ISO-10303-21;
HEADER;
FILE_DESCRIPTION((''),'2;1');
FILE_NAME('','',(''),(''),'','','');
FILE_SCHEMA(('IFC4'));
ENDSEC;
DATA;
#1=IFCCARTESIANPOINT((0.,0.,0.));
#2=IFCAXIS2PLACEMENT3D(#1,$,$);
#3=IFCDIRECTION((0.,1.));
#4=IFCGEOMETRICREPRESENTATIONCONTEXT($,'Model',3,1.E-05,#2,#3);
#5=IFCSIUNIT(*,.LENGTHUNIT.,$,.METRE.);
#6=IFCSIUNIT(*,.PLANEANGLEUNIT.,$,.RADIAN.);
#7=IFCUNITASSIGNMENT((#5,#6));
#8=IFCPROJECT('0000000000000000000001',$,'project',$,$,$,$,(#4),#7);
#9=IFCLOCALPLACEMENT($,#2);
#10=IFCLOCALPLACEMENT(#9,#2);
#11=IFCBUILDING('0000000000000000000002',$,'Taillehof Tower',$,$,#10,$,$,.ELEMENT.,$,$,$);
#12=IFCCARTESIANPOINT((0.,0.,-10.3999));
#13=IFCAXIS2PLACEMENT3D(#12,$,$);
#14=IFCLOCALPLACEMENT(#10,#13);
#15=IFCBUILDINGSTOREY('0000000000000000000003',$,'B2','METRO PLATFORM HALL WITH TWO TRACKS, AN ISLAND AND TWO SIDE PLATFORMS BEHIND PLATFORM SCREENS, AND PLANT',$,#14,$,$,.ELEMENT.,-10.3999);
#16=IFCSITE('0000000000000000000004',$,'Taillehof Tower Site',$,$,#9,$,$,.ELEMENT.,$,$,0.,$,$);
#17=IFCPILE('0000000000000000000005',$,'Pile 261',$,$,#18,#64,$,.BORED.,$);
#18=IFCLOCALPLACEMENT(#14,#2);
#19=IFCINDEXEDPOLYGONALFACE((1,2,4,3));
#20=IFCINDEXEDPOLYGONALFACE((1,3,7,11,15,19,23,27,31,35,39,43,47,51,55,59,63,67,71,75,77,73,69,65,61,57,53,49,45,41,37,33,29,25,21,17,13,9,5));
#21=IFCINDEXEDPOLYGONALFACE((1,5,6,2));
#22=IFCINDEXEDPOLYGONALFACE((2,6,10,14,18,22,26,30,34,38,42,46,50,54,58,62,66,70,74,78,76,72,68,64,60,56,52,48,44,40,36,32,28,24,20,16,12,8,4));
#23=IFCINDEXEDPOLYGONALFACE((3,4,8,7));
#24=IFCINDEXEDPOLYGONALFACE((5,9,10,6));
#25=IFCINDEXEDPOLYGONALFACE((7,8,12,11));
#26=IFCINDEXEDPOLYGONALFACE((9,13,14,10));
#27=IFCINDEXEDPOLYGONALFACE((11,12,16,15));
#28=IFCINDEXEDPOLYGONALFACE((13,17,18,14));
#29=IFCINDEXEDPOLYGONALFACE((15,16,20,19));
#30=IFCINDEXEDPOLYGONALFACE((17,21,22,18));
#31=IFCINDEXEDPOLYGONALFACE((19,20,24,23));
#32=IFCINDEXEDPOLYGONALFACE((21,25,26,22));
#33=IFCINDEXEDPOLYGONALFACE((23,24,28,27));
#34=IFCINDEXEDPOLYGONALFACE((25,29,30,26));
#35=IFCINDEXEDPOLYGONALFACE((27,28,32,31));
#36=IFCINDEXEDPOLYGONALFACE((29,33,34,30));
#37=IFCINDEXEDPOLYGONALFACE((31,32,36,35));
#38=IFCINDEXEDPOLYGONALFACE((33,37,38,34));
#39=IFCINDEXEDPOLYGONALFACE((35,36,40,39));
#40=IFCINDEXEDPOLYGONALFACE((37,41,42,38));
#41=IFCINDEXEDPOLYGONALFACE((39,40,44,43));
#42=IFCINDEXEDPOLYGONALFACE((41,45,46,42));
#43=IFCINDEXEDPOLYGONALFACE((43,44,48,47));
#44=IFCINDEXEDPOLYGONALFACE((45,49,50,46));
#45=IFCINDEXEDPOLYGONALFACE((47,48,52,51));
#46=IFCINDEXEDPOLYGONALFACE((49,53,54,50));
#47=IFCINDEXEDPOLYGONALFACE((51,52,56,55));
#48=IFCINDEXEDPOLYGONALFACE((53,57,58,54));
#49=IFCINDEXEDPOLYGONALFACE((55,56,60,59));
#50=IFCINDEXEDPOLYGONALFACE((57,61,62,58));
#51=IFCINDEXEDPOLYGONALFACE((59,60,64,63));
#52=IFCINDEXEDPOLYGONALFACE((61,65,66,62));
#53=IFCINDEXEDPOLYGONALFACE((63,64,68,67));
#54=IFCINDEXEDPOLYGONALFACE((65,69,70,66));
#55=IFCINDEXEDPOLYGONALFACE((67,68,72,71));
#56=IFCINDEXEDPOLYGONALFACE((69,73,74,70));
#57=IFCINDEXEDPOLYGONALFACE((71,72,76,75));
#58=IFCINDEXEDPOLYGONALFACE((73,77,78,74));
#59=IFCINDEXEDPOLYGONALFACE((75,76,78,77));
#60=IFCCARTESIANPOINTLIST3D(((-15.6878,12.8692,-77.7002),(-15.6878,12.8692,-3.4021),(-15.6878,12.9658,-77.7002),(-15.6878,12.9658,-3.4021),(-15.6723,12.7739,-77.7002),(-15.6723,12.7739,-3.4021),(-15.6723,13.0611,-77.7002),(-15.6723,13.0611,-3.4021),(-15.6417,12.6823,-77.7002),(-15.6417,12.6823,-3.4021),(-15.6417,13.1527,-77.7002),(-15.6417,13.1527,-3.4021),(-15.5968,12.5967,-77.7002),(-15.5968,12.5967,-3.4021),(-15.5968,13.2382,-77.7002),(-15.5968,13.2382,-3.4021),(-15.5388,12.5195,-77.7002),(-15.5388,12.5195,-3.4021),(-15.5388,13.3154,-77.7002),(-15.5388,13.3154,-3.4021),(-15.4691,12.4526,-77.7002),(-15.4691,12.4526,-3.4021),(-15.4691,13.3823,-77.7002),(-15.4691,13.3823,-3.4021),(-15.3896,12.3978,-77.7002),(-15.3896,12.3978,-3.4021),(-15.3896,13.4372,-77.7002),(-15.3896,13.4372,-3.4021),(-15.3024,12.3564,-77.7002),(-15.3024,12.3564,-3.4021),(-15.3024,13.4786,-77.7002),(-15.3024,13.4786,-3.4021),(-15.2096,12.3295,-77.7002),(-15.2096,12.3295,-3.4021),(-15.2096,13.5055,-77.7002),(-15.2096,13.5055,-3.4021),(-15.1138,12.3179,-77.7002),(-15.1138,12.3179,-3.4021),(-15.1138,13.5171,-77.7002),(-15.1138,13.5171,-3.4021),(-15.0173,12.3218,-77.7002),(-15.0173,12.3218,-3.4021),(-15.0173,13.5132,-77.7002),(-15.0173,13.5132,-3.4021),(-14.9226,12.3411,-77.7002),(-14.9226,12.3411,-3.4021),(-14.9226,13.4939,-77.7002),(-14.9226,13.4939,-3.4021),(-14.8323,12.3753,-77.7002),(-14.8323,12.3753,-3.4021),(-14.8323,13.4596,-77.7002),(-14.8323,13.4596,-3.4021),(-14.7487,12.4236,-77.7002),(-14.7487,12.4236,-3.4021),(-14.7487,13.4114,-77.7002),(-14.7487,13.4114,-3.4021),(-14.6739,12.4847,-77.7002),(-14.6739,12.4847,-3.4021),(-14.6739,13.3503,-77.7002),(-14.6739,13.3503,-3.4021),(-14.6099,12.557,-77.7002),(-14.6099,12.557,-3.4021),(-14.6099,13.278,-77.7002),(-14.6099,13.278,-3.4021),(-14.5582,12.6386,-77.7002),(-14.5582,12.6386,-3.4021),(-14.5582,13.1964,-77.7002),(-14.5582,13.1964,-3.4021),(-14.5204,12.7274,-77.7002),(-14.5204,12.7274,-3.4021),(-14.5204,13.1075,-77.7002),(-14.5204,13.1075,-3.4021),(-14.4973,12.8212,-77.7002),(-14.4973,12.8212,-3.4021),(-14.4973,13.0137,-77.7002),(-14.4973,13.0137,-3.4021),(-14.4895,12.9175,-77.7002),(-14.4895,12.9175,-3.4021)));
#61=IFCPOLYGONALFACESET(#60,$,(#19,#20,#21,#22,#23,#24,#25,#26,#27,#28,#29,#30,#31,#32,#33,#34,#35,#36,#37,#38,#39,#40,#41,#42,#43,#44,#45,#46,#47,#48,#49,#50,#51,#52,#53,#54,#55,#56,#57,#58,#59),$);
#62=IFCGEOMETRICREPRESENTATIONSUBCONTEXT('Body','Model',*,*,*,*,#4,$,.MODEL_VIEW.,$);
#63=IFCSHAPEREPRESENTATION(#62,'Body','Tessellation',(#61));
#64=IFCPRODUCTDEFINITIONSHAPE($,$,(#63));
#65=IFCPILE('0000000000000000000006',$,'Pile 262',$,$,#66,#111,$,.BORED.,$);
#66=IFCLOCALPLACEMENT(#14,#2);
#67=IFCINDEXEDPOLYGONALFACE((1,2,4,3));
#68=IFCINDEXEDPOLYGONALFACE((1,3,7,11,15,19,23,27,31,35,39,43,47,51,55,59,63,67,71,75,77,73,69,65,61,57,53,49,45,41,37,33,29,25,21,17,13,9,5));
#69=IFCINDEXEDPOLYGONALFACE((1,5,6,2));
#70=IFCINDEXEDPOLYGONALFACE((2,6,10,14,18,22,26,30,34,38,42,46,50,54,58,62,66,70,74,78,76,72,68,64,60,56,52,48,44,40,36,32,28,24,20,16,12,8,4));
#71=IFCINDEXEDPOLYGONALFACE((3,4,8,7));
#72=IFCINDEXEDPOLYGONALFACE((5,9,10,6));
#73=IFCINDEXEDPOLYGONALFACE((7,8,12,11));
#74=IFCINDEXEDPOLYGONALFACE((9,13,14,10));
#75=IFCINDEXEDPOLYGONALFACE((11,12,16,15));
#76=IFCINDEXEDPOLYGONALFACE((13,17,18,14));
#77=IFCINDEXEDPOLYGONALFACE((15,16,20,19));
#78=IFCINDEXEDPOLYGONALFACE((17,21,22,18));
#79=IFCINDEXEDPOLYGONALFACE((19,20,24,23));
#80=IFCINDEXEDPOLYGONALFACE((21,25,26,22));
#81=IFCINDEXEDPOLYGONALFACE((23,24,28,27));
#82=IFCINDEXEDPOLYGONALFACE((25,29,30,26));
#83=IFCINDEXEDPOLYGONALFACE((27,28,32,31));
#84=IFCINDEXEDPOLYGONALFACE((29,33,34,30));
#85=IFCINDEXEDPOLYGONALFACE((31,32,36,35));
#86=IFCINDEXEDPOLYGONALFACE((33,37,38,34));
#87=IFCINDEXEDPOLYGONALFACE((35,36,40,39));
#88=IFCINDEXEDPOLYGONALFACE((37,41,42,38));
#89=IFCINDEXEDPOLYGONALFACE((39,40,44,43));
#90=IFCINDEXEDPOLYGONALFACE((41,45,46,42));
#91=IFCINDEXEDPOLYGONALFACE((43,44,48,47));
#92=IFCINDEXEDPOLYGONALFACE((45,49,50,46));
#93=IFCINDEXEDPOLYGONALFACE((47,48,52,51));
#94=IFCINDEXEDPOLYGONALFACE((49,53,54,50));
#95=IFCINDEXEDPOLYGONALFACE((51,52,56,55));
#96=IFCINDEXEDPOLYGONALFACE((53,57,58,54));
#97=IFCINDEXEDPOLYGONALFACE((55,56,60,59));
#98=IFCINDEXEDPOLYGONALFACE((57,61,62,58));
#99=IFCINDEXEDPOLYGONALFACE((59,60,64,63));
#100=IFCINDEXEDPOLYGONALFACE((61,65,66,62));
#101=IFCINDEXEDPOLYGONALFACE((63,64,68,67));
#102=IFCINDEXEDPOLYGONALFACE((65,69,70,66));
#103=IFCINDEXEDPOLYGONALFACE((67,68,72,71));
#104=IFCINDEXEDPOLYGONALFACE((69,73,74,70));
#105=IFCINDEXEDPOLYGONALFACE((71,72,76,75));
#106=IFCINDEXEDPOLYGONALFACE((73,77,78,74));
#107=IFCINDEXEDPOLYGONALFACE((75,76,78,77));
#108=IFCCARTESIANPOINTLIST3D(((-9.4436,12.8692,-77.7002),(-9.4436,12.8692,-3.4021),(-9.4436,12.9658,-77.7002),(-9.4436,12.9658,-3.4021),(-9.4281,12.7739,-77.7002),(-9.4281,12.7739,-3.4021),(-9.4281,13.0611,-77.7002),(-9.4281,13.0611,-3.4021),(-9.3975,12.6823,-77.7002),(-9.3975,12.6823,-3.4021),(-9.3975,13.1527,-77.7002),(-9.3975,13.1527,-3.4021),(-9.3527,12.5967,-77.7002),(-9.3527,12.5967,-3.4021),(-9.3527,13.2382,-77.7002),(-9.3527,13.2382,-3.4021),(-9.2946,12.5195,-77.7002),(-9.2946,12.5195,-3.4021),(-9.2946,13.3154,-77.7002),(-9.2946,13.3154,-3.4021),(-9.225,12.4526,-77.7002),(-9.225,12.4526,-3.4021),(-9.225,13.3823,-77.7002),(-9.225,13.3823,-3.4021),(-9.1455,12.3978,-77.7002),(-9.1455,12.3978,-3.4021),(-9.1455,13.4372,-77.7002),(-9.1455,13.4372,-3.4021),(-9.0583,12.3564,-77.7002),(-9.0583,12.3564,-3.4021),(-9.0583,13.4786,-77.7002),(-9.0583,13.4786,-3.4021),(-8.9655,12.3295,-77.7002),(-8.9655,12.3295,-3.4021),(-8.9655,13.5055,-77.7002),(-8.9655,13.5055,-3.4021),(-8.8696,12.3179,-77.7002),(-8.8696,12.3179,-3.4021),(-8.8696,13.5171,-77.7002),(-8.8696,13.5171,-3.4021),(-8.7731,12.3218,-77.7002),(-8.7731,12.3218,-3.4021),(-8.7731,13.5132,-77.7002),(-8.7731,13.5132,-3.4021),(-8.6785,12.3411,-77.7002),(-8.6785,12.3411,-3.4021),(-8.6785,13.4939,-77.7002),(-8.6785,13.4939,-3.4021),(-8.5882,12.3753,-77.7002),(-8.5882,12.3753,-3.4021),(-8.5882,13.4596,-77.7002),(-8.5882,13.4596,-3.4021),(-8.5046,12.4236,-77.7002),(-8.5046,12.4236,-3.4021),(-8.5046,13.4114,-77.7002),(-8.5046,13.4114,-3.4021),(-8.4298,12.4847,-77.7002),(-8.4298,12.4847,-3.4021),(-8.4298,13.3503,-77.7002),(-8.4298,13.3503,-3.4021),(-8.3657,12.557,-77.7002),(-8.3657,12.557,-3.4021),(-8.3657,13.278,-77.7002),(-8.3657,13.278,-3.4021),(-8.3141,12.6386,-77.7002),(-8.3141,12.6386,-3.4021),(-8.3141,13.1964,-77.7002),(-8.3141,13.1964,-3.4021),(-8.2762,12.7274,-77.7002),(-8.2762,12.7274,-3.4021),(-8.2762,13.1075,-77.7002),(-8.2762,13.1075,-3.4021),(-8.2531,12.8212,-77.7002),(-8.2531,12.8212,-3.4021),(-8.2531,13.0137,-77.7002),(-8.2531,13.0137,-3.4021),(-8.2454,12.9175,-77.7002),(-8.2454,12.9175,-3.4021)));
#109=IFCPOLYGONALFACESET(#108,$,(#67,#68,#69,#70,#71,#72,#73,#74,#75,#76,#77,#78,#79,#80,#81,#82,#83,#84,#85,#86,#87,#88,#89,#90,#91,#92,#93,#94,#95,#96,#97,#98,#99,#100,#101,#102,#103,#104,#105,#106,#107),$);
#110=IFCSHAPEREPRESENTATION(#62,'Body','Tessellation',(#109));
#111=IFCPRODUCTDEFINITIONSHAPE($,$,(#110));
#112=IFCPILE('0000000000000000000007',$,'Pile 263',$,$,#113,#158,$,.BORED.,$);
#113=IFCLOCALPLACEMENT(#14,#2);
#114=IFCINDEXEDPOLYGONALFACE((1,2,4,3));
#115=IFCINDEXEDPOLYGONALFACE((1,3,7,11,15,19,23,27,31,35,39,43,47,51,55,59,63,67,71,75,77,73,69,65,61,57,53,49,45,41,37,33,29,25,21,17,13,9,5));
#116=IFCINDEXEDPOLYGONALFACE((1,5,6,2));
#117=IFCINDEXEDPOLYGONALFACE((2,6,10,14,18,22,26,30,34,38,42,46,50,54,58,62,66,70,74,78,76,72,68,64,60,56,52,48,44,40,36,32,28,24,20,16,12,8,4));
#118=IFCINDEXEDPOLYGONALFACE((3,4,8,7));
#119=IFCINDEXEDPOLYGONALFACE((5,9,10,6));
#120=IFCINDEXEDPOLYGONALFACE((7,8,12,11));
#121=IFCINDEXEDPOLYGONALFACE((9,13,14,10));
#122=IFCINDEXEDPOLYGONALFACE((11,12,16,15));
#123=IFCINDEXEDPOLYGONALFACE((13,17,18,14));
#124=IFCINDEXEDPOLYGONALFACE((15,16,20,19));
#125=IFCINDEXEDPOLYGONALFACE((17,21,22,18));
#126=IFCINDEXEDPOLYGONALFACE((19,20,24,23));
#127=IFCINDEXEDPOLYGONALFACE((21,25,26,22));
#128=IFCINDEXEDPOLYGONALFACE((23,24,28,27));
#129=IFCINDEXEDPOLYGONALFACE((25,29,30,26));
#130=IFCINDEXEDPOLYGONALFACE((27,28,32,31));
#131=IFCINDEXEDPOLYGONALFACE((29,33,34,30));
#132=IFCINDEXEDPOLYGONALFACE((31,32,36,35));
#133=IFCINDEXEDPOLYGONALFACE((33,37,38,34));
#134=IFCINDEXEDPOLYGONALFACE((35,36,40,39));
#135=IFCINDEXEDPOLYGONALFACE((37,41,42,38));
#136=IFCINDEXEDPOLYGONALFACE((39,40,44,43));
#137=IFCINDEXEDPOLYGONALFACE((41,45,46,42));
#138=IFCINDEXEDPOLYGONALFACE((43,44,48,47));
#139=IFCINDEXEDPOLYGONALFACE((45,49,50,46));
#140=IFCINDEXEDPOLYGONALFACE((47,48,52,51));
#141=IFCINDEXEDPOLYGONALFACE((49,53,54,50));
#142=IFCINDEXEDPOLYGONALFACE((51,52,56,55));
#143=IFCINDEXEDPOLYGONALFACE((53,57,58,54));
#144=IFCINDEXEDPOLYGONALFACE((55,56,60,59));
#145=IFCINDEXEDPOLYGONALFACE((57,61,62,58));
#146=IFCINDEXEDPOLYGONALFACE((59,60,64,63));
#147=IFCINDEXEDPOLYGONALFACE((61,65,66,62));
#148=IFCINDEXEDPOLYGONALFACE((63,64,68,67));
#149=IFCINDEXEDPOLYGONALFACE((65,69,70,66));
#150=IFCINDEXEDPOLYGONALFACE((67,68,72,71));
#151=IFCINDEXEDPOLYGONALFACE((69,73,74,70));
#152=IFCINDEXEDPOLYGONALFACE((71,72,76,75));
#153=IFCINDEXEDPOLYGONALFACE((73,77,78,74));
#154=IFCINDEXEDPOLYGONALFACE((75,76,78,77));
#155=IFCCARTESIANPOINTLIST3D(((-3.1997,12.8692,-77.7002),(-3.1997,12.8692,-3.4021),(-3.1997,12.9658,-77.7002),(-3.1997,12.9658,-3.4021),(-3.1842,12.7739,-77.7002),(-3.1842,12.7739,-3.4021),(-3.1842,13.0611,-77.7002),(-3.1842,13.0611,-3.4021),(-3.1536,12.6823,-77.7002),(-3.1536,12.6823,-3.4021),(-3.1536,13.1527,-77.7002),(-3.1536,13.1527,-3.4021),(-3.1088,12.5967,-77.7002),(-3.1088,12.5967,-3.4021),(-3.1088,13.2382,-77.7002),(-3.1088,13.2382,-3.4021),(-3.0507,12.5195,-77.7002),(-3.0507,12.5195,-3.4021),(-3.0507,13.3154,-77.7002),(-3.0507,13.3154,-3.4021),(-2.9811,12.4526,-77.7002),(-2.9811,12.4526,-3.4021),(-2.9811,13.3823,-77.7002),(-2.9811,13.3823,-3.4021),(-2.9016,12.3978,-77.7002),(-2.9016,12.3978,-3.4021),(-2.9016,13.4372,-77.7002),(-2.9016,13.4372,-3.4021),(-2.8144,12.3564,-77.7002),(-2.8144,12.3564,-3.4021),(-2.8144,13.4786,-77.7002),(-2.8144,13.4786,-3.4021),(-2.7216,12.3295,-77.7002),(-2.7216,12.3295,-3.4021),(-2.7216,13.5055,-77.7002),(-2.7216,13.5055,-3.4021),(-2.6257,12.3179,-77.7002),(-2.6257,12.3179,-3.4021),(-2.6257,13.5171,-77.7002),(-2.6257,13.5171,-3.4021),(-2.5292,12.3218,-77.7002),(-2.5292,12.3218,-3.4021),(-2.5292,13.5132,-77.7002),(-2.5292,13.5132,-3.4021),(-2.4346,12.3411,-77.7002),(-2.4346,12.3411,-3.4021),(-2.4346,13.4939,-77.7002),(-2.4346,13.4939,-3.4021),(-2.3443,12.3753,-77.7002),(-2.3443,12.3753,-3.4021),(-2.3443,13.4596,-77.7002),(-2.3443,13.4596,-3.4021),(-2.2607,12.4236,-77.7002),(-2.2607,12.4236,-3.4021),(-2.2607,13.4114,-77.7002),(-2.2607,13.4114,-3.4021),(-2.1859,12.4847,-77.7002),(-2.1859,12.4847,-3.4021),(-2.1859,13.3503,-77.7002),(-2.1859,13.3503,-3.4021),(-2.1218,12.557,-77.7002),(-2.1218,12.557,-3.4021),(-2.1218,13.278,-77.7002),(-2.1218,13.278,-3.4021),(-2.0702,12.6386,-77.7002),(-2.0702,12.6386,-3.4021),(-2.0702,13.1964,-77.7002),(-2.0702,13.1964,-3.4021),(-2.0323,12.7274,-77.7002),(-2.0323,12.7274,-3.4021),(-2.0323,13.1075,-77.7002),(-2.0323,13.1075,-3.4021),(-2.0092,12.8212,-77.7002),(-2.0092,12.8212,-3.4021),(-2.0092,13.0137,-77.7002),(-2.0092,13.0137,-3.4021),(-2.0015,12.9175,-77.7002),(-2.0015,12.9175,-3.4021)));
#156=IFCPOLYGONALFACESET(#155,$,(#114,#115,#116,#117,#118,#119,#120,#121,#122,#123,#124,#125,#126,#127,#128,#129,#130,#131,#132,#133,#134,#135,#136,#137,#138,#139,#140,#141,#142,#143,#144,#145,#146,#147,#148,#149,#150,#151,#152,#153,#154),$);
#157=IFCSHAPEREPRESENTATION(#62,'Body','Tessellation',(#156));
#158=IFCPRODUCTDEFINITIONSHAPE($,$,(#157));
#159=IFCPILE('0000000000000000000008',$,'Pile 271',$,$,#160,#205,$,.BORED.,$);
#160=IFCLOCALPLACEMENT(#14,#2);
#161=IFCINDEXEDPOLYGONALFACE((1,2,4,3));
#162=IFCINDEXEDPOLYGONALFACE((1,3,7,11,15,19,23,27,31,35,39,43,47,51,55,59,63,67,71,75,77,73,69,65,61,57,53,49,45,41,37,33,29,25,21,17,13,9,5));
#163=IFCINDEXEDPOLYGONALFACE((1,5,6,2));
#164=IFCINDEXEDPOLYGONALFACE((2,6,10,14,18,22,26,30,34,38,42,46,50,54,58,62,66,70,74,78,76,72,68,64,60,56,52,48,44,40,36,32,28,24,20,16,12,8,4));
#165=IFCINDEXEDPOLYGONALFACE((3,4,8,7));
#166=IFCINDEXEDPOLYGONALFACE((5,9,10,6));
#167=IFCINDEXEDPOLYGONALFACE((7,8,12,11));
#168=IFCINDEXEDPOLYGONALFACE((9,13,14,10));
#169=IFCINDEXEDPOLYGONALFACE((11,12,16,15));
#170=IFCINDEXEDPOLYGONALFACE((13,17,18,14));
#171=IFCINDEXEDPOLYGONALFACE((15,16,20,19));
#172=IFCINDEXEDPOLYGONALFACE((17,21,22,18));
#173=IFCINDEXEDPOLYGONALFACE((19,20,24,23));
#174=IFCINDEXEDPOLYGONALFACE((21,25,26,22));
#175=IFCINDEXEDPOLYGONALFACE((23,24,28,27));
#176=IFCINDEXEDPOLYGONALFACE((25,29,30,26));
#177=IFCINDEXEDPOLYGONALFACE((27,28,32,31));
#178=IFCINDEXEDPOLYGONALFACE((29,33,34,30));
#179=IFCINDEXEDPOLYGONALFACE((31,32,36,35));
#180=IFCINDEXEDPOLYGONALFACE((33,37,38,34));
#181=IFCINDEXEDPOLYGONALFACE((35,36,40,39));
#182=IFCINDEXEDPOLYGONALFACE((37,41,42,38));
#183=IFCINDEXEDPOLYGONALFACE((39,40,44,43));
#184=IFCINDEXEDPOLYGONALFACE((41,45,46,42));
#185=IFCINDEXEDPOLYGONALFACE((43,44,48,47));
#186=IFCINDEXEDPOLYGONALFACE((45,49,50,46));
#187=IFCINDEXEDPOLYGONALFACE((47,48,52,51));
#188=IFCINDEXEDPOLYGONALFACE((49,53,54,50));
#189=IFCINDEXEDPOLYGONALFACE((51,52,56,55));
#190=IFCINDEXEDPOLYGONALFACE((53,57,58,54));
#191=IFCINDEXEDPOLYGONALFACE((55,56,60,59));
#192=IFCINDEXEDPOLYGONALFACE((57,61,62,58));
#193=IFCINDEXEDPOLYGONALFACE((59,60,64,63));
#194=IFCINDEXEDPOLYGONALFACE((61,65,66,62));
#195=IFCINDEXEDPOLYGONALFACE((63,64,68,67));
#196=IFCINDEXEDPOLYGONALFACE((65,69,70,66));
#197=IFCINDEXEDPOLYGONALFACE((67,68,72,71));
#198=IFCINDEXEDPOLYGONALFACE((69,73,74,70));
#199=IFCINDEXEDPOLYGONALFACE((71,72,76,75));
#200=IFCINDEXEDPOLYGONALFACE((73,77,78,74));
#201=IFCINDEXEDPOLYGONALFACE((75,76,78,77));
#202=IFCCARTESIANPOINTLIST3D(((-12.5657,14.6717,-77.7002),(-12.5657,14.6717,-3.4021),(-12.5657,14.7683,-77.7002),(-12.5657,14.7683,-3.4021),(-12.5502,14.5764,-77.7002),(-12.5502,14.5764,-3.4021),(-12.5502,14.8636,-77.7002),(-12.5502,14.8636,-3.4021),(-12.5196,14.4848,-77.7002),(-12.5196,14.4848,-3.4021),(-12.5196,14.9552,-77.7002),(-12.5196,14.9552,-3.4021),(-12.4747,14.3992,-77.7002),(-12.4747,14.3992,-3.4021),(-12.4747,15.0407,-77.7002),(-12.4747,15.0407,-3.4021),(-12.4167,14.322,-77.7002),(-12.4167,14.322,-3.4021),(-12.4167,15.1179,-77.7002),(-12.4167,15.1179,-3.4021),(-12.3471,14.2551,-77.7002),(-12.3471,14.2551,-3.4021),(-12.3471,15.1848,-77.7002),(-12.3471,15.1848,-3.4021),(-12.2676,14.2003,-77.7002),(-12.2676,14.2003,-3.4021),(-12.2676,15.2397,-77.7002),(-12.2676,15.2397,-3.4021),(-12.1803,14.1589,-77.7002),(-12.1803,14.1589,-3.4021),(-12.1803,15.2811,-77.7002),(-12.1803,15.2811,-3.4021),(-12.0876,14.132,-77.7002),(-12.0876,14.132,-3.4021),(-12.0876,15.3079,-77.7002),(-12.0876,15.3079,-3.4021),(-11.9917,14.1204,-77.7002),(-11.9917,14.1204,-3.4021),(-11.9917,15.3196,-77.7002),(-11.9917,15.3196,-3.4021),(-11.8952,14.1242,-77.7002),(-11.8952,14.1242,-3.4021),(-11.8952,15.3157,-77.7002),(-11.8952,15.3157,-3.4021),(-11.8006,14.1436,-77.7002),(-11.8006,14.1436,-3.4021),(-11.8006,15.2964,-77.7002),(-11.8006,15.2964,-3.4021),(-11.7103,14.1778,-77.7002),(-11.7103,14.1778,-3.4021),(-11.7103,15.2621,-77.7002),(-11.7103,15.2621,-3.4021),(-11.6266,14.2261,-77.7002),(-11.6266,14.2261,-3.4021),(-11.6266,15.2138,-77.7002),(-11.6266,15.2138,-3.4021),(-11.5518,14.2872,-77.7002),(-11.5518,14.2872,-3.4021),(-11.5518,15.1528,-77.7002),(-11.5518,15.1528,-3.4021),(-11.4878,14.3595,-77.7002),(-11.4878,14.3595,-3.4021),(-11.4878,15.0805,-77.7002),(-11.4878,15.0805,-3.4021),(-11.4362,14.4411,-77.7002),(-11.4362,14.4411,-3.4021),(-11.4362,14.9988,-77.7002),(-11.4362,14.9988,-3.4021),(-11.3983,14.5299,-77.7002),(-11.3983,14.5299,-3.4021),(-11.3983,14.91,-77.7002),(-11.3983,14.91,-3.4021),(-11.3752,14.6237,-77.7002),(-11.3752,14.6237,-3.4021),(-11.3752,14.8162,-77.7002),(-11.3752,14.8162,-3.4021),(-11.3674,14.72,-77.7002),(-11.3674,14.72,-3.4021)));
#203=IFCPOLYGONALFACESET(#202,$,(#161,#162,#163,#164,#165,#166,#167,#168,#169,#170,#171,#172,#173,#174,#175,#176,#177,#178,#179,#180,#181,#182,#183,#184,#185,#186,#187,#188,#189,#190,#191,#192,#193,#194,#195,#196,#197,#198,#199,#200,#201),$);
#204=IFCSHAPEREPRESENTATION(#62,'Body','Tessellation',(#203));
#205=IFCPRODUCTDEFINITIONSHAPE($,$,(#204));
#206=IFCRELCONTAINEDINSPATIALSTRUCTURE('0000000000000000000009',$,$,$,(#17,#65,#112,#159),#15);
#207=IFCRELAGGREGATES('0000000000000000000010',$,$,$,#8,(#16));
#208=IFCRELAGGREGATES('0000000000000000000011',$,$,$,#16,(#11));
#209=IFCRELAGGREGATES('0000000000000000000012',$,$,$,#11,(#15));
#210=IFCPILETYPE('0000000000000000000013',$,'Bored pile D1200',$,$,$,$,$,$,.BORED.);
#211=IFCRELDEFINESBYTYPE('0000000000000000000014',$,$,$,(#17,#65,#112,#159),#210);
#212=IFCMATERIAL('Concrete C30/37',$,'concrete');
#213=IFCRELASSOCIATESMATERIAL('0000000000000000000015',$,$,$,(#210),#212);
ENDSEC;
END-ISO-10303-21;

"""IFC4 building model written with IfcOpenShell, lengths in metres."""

from ifc_helpers import new_model, si_unit, direction, frame, origin, origin_2d, place, context, subcontext, project, spatial, circle, extrude, material, material_profile, profile_set, type_object, element, save


model = new_model("IFC4")

# Units and contexts
model_context = context("Model", 3, precision=1e-05, world=origin(), true_north=direction((0.0, 1.0)))
body_context = subcontext(model_context, "Body", "Model", "MODEL_VIEW")
ifc_project = project(units=[si_unit("LENGTHUNIT", "METRE"), si_unit("PLANEANGLEUNIT", "RADIAN")], contexts=[model_context])

# Site, building, storey
site_placement = place(None, origin())
site = spatial("IfcSite", under=ifc_project, at=site_placement, Name="Taillehof Tower Site", CompositionType="ELEMENT", RefElevation=0.0)
building_placement = place(site_placement, origin())
building = spatial("IfcBuilding", under=site, at=building_placement, Name="Taillehof Tower", CompositionType="ELEMENT")
storey_placement = place(building_placement, frame((0.0, 0.0, -10.3999)))
storey = spatial("IfcBuildingStorey", under=building, at=storey_placement, Name="B2", Description="METRO PLATFORM HALL WITH TWO TRACKS, AN ISLAND AND TWO SIDE PLATFORMS BEHIND PLATFORM SCREENS, AND PLANT", CompositionType="ELEMENT", Elevation=-10.3999)

# Piles
ifc_material_1 = material(Name="Concrete C30/37", Category="concrete")
ifc_material_profile_1 = material_profile(ifc_material_1, circle(Radius=0.6001, at=origin_2d()), Name="BP D1200")
ifc_profile_set_1 = profile_set([ifc_material_profile_1], Name="Concrete C30/37")
pile_type = type_object("IfcPileType", Name="Bored pile D1200", PredefinedType="BORED", material=ifc_profile_set_1)
for number, where, z_axis, x_axis, name in (
    (1, (-15.0896, 12.9175, -3.4021), (0.0, 0.0, -1.0), (1.0, 0.0, 0.0), "Pile 261"),
    (2, (-8.8455, 12.9175, -3.4021), (0.0, 0.0, -1.0), (1.0, 0.0, 0.0), "Pile 262"),
    (3, (-2.6016, 12.9175, -3.4021), (0.0, 0.0, -1.0), (1.0, 0.0, 0.0), "Pile 263"),
    (4, (-11.9675, 14.72, -3.4021), (0.0, 0.0, -1.0), (1.0, 0.0, 0.0), "Pile 271"),
):
    element("IfcPile", number, at=place(storey_placement, frame(where, z_axis=z_axis, x_axis=x_axis)), inside=storey, type_object=pile_type, Name=name, PredefinedType="BORED", context=body_context, shape_type="SweptSolid", body=[
        extrude(circle(Radius=0.6001, at=origin_2d()), origin(), (0.0, 0.0, 1.0), 74.2981),
    ])

save(model, "model.ifc")
